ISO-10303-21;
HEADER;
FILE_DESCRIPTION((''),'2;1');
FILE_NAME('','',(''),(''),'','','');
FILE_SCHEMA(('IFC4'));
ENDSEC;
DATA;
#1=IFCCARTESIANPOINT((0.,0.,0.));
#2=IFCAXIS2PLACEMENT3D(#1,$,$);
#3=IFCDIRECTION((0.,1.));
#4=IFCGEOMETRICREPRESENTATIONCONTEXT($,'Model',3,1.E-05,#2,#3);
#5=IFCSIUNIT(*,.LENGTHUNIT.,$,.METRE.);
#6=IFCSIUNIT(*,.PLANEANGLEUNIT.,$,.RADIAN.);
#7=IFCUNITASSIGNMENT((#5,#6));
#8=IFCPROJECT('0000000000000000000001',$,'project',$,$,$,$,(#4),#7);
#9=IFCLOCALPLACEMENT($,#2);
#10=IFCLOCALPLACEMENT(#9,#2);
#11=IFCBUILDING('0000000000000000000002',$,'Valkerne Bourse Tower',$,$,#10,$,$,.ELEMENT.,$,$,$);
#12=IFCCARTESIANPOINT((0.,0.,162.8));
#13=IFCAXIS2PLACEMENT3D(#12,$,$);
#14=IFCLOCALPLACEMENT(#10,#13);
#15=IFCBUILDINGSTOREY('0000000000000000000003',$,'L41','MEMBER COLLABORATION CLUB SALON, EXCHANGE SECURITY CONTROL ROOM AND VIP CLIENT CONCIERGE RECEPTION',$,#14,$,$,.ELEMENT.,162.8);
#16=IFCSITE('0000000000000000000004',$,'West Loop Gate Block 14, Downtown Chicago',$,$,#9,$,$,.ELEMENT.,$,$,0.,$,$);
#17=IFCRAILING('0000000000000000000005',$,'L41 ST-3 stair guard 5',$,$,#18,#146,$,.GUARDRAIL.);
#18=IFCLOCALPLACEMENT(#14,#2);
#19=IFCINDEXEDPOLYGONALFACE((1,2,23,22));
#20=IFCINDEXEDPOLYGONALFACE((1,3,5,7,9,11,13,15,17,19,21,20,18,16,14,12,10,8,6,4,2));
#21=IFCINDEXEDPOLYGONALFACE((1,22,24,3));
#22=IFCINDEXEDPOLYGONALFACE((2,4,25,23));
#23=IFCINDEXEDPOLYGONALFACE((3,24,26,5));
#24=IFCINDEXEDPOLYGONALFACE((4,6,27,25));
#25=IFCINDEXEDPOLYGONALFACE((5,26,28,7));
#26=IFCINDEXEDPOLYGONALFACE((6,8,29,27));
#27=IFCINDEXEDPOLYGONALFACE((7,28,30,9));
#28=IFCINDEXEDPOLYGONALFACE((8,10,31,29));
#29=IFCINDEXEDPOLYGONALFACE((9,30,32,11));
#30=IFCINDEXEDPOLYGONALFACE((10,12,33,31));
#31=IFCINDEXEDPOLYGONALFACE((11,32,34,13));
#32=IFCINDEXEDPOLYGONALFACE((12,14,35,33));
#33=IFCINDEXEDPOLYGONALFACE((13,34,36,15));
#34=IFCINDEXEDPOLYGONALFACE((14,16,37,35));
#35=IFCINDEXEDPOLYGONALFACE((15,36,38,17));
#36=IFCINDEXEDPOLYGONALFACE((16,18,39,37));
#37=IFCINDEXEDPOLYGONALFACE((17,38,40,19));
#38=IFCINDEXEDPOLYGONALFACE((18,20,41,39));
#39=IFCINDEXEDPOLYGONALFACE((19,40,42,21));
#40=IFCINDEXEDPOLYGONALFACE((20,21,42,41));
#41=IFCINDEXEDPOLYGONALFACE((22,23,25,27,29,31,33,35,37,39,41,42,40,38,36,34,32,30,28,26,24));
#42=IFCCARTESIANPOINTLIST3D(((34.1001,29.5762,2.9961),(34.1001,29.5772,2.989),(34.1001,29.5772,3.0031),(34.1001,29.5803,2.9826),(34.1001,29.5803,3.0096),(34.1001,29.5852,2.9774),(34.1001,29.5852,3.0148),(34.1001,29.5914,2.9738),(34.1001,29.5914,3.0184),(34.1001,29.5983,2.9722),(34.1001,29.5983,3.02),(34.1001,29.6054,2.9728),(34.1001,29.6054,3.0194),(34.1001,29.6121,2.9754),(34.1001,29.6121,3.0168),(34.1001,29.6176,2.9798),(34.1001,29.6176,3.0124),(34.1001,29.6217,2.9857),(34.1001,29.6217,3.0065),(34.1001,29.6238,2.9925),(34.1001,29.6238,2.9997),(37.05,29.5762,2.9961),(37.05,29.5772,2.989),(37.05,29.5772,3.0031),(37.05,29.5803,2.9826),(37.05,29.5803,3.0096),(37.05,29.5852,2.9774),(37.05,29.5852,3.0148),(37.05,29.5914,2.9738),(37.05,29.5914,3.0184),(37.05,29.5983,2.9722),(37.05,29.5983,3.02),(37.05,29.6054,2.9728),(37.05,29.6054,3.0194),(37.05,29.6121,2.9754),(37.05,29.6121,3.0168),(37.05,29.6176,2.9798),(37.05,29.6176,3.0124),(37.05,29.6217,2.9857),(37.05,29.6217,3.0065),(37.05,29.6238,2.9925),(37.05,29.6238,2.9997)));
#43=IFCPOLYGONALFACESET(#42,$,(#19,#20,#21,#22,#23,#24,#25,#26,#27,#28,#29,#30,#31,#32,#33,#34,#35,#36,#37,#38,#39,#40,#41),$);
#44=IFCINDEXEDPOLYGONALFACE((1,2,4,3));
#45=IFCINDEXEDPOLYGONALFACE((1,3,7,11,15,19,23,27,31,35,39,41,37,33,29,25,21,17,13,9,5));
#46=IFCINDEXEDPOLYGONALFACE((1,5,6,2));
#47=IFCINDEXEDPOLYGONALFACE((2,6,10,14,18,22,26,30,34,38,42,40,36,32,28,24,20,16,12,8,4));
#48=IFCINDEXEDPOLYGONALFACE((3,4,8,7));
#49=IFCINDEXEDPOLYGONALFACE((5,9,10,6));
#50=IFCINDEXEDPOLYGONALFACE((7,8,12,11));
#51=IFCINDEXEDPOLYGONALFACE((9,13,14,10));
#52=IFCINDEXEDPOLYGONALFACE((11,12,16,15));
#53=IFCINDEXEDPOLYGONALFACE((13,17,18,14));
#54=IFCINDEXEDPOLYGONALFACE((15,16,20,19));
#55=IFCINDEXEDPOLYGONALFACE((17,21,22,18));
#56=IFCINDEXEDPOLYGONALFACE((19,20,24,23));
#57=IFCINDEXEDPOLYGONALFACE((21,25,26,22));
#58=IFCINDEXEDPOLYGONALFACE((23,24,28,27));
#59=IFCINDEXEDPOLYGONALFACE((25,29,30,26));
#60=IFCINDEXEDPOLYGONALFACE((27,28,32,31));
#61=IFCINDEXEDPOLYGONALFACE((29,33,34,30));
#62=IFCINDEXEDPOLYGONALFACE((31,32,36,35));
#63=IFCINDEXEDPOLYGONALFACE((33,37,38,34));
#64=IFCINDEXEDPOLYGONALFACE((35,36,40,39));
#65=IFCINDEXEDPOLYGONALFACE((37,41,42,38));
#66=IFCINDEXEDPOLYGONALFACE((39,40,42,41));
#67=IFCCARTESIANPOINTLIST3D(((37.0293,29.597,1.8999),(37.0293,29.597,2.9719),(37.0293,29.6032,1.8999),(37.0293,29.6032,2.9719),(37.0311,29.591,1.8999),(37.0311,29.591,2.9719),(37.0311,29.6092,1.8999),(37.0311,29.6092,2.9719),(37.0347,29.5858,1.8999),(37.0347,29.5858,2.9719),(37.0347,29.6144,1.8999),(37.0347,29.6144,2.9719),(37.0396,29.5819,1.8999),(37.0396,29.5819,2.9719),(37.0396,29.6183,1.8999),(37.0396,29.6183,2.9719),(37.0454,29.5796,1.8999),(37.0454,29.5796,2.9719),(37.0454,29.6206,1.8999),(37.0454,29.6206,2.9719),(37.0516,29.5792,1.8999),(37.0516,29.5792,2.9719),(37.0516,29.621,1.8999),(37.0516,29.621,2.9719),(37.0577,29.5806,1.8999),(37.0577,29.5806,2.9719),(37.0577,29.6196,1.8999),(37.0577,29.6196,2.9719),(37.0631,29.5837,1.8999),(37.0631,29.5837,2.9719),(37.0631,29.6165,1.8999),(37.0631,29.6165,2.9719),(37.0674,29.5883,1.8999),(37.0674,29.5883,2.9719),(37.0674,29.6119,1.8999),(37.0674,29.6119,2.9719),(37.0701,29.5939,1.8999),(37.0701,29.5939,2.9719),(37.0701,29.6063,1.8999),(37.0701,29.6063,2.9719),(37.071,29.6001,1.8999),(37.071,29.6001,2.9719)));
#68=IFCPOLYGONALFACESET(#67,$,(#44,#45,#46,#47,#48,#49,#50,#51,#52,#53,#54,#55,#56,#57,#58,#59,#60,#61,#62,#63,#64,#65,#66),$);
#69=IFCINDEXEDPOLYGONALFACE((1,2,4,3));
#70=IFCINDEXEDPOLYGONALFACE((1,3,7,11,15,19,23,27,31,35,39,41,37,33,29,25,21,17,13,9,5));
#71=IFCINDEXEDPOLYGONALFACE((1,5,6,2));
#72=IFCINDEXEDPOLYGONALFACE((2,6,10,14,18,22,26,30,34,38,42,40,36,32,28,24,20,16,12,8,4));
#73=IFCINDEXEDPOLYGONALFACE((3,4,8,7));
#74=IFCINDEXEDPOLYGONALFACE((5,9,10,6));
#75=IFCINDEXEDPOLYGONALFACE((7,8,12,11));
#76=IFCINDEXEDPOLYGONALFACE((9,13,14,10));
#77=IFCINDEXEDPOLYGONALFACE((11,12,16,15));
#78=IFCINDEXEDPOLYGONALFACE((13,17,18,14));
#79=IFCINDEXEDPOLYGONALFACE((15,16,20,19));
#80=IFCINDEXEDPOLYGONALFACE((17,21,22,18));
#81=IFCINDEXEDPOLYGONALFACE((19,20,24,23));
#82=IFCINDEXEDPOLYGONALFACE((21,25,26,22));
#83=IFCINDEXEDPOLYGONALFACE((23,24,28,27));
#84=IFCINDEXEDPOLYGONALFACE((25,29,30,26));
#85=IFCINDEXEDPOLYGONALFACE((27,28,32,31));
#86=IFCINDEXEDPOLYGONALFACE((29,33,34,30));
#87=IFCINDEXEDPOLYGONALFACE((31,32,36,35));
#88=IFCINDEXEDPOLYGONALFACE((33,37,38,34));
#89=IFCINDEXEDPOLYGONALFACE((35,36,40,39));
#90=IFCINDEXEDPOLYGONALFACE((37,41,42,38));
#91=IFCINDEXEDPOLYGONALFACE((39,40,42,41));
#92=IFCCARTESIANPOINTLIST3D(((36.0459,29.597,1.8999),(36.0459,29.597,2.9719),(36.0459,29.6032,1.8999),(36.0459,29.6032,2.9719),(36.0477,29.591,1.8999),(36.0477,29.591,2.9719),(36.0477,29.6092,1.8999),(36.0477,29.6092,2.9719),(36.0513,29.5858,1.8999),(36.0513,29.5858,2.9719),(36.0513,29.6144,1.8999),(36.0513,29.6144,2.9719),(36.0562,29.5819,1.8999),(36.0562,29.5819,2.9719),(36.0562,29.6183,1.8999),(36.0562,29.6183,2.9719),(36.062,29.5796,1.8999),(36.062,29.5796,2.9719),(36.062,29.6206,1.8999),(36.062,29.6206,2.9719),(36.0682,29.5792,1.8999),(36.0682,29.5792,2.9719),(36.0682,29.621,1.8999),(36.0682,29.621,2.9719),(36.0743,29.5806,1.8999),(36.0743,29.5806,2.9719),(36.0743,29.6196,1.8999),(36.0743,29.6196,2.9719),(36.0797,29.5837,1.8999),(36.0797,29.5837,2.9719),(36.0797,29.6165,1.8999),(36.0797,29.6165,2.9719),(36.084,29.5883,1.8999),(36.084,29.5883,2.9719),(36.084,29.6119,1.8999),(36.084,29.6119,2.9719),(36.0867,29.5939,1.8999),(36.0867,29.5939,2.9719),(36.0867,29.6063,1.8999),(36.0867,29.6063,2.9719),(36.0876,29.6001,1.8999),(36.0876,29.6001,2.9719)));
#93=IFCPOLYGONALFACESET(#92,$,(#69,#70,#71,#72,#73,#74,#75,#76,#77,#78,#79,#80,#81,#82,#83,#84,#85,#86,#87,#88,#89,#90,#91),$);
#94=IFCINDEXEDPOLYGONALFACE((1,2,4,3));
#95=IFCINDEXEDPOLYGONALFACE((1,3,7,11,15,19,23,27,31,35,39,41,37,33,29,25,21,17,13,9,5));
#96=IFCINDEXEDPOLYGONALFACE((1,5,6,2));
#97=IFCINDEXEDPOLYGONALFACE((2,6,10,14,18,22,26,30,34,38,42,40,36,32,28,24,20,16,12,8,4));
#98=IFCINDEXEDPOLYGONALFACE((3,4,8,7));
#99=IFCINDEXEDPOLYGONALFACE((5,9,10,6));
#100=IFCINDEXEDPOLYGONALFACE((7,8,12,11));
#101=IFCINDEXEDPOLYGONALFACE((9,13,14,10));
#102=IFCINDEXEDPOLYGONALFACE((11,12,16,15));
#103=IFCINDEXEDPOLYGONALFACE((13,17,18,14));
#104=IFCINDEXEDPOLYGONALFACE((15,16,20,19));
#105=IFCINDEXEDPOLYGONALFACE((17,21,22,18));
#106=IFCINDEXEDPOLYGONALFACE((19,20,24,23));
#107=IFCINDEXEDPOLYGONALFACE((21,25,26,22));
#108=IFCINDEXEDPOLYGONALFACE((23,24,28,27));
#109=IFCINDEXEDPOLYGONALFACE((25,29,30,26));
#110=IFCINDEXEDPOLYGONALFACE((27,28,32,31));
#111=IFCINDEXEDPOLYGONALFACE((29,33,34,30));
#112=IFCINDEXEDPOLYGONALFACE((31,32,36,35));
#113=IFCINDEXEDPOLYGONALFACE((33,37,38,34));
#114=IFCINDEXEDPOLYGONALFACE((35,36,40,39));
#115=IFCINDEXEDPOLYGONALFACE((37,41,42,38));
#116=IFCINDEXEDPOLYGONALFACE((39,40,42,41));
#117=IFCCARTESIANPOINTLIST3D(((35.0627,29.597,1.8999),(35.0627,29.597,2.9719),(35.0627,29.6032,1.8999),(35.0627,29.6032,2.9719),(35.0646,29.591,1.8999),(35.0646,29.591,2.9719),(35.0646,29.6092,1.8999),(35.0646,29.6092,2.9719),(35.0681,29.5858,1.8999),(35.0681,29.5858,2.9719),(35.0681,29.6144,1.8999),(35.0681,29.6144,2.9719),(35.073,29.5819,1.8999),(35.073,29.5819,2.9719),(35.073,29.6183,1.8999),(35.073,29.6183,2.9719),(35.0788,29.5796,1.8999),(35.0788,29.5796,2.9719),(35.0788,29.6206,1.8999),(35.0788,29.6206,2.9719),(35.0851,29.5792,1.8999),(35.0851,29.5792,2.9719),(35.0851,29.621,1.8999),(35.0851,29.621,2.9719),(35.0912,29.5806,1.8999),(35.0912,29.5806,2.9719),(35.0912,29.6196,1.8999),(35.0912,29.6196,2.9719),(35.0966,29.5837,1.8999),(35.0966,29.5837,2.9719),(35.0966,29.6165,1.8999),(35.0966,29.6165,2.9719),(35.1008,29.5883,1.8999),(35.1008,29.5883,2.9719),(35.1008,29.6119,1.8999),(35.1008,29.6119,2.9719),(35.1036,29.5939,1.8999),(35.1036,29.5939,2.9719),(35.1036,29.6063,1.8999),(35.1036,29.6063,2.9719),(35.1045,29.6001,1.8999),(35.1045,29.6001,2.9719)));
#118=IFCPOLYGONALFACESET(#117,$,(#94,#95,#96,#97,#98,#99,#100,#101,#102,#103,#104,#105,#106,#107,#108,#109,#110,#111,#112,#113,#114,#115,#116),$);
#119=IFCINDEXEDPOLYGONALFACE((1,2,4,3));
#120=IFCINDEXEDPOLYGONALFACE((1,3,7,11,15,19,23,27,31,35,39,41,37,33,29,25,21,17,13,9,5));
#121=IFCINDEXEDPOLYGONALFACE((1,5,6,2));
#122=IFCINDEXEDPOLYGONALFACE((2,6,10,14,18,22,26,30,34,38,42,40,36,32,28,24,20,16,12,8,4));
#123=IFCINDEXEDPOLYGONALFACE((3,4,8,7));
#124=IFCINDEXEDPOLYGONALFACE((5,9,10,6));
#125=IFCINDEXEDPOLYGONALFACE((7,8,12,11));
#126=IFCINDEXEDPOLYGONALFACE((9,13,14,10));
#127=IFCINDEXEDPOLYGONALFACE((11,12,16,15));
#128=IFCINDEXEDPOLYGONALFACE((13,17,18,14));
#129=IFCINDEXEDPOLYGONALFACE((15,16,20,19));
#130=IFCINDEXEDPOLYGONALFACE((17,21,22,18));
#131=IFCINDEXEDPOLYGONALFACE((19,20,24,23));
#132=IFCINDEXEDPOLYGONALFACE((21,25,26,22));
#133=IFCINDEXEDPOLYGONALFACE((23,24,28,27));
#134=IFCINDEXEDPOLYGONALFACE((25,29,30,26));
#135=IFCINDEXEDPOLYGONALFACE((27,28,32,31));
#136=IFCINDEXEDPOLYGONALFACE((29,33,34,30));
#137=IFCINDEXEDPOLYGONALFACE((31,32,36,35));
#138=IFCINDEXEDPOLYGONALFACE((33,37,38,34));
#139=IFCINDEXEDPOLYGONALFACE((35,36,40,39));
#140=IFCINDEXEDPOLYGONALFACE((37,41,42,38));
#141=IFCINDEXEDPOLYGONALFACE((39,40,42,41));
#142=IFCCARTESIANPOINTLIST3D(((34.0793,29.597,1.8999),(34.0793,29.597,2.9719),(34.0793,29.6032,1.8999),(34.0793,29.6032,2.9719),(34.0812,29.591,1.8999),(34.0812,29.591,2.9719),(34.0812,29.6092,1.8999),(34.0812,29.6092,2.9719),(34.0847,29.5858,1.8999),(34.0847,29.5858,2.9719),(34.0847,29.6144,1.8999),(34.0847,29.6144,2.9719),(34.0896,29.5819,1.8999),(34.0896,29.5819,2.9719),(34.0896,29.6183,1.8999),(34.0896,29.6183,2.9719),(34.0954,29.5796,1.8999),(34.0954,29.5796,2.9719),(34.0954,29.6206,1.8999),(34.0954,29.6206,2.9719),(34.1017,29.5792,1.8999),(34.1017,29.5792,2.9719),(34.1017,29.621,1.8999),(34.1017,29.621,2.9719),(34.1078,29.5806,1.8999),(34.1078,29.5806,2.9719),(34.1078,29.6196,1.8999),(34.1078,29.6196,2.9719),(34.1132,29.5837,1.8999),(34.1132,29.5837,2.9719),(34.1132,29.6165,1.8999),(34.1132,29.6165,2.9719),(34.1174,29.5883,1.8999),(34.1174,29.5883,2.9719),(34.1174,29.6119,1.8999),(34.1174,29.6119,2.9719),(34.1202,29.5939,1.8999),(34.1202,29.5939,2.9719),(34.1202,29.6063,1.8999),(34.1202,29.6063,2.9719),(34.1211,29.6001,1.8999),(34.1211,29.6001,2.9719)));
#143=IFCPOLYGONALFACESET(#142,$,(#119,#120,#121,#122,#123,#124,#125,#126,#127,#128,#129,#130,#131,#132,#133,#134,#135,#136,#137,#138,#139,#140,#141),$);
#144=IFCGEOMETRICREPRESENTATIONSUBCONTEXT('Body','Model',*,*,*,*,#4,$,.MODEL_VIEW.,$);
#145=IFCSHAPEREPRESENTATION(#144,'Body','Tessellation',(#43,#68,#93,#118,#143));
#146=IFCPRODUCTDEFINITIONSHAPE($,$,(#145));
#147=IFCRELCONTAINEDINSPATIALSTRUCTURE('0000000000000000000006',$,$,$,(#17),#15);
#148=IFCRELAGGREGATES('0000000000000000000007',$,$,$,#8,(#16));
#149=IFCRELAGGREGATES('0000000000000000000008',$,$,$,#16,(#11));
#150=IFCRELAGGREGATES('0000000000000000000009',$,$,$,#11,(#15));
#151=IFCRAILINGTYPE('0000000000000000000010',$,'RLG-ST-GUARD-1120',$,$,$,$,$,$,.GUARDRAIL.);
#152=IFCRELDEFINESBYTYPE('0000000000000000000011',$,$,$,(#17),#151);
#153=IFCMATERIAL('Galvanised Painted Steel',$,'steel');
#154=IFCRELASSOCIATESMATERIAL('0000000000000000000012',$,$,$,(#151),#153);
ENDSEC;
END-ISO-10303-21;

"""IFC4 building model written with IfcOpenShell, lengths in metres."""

from ifc_helpers import new_model, si_unit, direction, frame, origin, origin_2d, place, context, subcontext, project, spatial, circle, extrude, material, type_object, element, save


model = new_model("IFC4")

# Units and contexts
model_context = context("Model", 3, precision=1e-05, world=origin(), true_north=direction((0.0, 1.0)))
body_context = subcontext(model_context, "Body", "Model", "MODEL_VIEW")
ifc_project = project(units=[si_unit("LENGTHUNIT", "METRE"), si_unit("PLANEANGLEUNIT", "RADIAN")], contexts=[model_context])

# Site, building, storey
site_placement = place(None, origin())
site = spatial("IfcSite", under=ifc_project, at=site_placement, Name="West Loop Gate Block 14, Downtown Chicago", CompositionType="ELEMENT", RefElevation=0.0)
building_placement = place(site_placement, origin())
building = spatial("IfcBuilding", under=site, at=building_placement, Name="Valkerne Bourse Tower", CompositionType="ELEMENT")
storey_placement = place(building_placement, frame((0.0, 0.0, 162.8)))
storey = spatial("IfcBuildingStorey", under=building, at=storey_placement, Name="L41", Description="MEMBER COLLABORATION CLUB SALON, EXCHANGE SECURITY CONTROL ROOM AND VIP CLIENT CONCIERGE RECEPTION", CompositionType="ELEMENT", Elevation=162.8)

# Railing
ifc_material_1 = material(Name="Galvanised Painted Steel", Category="steel")
railing_type_1 = type_object("IfcRailingType", Name="RLG-ST-GUARD-1120", PredefinedType="GUARDRAIL", material=ifc_material_1)
railing_1_placement = place(storey_placement, frame((37.05, 29.6001, 1.8999)))
element("IfcRailing", 1, at=railing_1_placement, inside=storey, type_object=railing_type_1, Name="L41 ST-3 stair guard 5", PredefinedType="GUARDRAIL", context=body_context, shape_type="SweptSolid", body=[
    extrude(circle(Radius=0.0239, at=origin_2d()), frame((0.0, 0.0, 1.0962), z_axis=(-1.0, 0.0, 0.0), x_axis=(0.0, -1.0, 0.0)), (0.0, 0.0, 1.0), 2.95),
    extrude(circle(Radius=0.021, at=origin_2d()), origin(), (0.0, 0.0, 1.0), 1.072),
    extrude(circle(Radius=0.021, at=origin_2d()), frame((-0.9834, 0.0, 0.0)), (0.0, 0.0, 1.0), 1.072),
    extrude(circle(Radius=0.021, at=origin_2d()), frame((-1.9666, 0.0, 0.0)), (0.0, 0.0, 1.0), 1.072),
    extrude(circle(Radius=0.021, at=origin_2d()), frame((-2.95, 0.0, 0.0)), (0.0, 0.0, 1.0), 1.072),
])

save(model, "model.ifc")
